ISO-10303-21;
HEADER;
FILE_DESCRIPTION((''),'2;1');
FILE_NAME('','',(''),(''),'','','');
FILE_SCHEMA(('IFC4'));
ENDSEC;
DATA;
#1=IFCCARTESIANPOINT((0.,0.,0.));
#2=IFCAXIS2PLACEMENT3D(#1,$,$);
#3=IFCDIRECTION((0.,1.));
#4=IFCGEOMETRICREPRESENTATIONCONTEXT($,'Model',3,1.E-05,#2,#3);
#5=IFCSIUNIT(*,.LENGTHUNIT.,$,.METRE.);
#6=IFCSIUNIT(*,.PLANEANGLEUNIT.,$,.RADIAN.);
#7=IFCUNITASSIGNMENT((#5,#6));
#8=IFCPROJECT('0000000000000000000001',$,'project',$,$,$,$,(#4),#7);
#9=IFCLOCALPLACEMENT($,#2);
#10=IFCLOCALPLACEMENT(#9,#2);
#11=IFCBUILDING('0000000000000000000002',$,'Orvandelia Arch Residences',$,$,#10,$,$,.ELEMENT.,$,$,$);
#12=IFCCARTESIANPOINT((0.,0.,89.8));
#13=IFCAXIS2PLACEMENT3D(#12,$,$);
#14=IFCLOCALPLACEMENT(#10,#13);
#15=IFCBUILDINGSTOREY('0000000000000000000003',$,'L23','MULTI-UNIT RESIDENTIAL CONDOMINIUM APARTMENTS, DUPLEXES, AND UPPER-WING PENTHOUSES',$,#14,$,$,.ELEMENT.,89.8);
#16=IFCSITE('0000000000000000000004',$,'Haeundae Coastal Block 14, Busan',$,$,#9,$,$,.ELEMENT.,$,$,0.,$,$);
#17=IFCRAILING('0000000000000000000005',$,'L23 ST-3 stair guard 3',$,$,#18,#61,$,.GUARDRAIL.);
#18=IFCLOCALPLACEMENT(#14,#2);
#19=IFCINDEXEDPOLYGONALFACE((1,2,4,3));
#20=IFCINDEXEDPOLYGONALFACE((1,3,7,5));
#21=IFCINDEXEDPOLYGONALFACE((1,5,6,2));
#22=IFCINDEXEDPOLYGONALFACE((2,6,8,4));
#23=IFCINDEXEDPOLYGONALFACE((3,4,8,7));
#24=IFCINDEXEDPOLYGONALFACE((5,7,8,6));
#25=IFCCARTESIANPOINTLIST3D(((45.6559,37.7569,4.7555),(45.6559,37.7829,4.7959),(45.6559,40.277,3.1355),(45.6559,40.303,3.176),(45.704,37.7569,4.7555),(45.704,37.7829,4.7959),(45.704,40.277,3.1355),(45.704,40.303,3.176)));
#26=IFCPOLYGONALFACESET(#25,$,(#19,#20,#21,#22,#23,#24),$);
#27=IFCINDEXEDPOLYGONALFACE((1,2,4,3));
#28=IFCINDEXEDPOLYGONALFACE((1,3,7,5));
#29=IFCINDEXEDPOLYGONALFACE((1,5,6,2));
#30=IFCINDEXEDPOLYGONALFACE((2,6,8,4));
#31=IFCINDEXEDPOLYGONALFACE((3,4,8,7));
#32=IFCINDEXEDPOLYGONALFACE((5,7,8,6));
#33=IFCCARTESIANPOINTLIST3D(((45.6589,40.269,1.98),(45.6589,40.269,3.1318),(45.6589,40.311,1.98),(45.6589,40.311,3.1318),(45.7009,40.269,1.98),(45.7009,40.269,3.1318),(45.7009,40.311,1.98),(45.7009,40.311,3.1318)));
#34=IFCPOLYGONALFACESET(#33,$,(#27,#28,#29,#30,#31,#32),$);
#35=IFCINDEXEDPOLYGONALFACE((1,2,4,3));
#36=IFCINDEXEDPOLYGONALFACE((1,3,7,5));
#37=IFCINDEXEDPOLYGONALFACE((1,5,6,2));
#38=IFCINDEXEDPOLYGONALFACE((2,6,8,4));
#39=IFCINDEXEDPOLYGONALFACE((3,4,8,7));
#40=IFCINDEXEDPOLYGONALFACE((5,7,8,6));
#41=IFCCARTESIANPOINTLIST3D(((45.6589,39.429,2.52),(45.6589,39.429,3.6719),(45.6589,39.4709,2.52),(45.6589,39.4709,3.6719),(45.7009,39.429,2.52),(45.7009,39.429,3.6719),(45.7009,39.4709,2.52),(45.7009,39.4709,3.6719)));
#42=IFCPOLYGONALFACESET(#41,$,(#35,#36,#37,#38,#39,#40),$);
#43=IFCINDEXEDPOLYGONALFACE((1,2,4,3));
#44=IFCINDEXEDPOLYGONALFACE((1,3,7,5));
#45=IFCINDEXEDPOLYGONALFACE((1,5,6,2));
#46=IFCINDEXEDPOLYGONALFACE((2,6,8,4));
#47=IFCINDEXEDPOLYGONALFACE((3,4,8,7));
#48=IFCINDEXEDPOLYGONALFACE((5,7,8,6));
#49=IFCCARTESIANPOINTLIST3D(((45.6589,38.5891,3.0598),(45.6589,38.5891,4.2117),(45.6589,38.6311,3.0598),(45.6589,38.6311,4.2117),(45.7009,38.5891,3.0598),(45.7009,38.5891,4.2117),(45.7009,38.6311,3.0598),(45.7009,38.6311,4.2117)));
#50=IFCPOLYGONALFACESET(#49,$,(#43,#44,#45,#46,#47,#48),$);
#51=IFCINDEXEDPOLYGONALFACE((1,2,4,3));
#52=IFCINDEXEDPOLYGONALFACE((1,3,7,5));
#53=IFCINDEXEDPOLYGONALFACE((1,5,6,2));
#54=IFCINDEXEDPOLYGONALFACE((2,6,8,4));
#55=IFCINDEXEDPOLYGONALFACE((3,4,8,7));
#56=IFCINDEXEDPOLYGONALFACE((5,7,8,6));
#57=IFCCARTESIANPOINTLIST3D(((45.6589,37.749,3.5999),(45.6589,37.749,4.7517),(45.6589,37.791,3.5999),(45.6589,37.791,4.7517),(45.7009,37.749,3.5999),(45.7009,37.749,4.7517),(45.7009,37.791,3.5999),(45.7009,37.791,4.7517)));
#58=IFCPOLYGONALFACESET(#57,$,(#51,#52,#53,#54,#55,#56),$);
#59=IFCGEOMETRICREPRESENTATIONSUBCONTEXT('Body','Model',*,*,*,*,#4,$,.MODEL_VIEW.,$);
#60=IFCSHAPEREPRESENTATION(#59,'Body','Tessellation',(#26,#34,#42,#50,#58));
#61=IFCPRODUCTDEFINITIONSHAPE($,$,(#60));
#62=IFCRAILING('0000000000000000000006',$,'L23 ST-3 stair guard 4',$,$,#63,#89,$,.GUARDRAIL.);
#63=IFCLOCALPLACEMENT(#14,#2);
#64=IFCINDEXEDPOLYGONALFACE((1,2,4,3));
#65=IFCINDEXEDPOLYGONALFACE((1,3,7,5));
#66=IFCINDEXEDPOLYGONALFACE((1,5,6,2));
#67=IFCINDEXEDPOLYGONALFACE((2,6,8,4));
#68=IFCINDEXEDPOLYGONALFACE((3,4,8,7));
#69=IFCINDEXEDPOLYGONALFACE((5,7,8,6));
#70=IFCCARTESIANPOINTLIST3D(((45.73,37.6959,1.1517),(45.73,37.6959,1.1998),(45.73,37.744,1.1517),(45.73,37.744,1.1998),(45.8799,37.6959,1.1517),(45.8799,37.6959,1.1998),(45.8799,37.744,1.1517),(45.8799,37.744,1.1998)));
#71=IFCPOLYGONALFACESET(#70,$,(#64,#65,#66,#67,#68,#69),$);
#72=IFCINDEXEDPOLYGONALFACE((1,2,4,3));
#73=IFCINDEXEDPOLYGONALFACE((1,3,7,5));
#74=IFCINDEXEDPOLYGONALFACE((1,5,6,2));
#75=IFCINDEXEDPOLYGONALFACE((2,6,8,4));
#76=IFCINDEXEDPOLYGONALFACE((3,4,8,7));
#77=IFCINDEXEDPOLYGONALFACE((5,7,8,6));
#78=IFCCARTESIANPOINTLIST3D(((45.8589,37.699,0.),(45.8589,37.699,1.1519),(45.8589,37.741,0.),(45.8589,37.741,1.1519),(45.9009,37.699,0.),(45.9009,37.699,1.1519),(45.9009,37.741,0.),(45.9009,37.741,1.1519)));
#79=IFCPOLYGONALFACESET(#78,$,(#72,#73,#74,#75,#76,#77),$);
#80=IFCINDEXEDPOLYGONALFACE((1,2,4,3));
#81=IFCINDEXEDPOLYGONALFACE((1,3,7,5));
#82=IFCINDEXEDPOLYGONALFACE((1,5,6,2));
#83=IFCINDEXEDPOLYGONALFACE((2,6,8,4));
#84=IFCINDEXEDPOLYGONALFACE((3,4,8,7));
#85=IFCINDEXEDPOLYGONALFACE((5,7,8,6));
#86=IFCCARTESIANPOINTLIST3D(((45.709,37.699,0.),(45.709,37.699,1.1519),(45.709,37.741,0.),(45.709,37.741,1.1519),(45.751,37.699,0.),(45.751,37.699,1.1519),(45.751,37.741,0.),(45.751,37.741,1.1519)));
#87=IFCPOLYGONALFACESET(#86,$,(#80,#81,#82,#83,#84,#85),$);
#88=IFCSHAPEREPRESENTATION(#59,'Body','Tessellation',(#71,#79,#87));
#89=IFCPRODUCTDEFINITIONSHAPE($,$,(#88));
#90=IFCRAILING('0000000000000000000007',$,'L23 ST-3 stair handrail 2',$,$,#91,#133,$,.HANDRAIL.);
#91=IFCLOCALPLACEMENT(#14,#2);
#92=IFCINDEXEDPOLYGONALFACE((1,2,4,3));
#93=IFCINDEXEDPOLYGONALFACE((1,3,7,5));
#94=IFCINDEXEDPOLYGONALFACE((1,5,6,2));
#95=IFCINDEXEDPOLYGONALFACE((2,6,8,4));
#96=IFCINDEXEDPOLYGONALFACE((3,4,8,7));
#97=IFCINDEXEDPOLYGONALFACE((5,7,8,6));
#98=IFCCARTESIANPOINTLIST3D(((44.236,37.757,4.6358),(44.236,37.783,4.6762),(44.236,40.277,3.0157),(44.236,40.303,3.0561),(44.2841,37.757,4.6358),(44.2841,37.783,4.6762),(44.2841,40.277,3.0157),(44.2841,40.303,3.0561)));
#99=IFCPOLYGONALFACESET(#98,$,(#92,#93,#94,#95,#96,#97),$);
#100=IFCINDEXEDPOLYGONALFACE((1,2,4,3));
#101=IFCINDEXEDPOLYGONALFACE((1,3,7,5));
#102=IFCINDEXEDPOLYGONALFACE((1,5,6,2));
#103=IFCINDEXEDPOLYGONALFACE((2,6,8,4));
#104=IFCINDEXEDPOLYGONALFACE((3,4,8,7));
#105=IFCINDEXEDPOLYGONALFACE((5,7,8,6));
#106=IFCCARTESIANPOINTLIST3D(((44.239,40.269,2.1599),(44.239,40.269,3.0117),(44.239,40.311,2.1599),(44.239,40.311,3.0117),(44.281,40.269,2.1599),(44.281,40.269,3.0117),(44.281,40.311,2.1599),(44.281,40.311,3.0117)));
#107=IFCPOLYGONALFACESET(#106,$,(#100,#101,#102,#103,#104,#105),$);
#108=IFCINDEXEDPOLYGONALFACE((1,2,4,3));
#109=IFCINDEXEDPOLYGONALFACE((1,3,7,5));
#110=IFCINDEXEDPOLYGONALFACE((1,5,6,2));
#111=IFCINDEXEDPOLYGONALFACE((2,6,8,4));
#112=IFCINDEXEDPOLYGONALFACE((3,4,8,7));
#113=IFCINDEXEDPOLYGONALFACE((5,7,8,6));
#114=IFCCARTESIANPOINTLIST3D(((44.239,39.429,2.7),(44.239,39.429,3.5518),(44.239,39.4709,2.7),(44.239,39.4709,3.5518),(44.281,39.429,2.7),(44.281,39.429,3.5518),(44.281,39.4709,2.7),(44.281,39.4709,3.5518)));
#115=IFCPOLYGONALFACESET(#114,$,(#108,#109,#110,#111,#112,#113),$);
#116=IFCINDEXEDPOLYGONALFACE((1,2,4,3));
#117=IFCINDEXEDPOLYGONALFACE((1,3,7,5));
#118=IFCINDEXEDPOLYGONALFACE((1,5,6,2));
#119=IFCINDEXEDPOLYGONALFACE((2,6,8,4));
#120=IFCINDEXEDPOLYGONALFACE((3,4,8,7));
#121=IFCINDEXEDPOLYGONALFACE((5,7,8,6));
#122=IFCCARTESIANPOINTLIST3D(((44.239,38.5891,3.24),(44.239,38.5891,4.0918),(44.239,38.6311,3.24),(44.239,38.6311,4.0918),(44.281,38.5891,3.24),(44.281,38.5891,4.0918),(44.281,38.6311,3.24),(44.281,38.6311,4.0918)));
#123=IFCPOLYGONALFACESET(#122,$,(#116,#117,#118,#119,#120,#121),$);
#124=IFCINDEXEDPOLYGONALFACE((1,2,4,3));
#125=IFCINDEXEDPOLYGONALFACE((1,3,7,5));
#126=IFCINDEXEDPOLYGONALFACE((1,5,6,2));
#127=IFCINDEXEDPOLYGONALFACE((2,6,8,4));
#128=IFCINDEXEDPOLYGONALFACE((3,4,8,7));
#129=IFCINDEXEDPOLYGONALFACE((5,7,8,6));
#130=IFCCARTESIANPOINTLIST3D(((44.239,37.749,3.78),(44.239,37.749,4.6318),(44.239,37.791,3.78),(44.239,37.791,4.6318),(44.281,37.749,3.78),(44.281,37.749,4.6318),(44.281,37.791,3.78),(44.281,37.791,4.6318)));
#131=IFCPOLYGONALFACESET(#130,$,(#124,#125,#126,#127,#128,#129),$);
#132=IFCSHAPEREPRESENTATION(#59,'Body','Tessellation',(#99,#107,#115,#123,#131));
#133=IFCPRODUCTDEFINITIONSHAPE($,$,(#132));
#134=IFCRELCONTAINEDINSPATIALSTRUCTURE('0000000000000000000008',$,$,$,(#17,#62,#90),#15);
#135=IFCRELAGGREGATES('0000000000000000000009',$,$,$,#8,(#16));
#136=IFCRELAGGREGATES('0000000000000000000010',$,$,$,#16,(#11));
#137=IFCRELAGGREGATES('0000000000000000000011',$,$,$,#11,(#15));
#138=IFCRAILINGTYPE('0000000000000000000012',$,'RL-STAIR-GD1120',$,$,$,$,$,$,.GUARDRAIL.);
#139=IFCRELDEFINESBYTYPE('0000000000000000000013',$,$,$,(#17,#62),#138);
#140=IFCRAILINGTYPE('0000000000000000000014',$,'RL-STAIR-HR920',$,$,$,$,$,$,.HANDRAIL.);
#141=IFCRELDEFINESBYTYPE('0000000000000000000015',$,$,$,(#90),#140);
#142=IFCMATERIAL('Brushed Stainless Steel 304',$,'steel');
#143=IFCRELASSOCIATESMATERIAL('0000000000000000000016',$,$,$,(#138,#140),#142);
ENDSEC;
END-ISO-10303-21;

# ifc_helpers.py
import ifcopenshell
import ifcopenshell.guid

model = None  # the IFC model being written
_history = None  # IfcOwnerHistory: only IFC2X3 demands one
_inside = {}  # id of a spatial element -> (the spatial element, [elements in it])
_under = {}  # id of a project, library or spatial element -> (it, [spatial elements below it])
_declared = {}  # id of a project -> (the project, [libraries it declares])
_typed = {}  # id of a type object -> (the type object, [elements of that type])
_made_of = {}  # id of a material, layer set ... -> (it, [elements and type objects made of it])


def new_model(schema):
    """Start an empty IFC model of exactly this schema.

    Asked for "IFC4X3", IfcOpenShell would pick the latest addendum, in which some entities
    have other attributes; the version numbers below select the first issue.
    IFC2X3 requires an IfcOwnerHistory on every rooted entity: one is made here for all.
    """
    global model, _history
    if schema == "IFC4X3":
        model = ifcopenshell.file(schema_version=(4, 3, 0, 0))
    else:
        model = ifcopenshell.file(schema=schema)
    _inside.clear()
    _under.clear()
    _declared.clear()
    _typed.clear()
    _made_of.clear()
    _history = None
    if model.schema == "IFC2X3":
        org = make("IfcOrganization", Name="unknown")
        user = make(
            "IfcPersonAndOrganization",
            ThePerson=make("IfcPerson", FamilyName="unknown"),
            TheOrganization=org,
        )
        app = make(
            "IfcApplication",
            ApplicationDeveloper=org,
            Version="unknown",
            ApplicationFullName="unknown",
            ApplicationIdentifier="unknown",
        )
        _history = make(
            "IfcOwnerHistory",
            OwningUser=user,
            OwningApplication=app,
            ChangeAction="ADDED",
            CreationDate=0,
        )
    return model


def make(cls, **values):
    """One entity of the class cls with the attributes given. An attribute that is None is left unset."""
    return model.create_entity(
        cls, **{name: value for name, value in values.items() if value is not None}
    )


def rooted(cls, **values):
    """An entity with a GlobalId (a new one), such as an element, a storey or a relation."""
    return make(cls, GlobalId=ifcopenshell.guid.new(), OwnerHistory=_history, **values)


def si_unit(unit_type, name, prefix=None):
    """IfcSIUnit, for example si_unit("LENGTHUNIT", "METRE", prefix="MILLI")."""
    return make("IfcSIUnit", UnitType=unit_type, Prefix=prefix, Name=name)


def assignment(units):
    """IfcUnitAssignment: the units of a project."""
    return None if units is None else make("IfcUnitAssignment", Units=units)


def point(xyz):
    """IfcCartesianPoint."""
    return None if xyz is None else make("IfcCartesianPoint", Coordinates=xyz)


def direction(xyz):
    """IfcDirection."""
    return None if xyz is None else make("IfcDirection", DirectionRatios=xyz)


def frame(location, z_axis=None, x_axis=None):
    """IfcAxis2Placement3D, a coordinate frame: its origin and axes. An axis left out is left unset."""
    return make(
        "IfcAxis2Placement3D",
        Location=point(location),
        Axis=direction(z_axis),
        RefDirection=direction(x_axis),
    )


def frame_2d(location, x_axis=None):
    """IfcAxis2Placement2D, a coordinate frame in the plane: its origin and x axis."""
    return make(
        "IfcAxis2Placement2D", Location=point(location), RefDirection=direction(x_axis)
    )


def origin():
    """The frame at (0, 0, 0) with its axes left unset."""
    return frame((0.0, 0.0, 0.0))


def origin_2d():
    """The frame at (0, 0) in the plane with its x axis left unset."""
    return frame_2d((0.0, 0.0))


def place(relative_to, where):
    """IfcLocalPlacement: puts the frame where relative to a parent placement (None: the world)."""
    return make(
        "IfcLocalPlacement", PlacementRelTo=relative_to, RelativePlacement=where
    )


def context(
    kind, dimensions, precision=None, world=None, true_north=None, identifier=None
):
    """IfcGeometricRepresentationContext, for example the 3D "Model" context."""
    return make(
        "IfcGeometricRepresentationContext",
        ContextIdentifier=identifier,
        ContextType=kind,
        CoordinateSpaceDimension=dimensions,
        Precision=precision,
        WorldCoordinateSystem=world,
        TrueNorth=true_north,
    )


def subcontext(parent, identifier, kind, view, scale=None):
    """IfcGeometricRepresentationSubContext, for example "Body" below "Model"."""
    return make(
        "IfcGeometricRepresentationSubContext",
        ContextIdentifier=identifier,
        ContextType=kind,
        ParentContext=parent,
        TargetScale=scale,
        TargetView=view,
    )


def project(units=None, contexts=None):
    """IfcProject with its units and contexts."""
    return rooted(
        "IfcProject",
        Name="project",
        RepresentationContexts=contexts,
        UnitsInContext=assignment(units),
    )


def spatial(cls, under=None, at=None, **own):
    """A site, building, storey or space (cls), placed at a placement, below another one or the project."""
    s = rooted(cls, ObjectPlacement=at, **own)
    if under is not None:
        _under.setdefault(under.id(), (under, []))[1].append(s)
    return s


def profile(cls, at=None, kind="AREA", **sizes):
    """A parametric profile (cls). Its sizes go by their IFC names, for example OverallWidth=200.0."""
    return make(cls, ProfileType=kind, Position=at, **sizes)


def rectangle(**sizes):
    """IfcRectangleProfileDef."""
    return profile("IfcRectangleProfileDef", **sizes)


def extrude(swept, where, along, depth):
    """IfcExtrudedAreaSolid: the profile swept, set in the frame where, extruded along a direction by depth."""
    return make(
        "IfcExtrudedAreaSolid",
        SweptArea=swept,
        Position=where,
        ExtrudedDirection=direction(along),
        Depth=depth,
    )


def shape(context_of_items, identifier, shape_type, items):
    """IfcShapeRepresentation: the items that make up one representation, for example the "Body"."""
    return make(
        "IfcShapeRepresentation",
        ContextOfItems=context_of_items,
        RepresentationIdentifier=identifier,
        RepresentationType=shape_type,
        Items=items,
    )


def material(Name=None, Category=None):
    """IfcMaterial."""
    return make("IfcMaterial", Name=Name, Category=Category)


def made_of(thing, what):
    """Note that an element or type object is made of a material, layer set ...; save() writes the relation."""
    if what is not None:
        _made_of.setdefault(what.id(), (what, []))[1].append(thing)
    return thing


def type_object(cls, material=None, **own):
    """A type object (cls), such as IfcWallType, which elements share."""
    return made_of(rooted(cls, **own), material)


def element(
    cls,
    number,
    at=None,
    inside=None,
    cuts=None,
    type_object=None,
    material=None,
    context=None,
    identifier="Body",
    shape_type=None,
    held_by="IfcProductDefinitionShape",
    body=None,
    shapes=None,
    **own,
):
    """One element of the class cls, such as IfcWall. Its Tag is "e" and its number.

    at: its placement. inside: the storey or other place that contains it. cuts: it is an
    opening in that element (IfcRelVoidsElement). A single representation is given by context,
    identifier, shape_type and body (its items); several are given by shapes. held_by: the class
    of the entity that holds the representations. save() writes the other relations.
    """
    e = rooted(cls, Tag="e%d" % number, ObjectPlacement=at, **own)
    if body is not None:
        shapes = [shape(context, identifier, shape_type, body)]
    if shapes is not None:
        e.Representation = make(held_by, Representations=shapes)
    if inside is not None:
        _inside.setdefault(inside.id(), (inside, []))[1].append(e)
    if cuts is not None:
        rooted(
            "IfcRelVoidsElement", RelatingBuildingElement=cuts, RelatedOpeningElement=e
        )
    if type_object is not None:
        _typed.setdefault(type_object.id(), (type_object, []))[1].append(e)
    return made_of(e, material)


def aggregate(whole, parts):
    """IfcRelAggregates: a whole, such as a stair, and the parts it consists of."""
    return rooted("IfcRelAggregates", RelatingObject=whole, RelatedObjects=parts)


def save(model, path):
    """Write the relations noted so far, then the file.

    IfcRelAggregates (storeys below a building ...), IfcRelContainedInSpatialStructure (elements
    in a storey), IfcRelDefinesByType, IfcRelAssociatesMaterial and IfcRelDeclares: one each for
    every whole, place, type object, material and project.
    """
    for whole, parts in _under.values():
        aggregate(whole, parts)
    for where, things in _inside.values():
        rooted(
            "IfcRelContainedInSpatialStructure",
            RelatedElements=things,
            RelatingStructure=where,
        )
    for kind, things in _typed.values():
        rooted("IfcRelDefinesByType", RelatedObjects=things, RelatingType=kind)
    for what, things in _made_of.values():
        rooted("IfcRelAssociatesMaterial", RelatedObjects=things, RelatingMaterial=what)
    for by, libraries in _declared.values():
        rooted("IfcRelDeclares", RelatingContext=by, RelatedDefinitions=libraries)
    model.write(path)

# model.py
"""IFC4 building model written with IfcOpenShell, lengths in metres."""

from ifc_helpers import new_model, si_unit, direction, frame, origin, origin_2d, place, context, subcontext, project, spatial, rectangle, extrude, material, type_object, element, save


model = new_model("IFC4")

# Units and contexts
model_context = context("Model", 3, precision=1e-05, world=origin(), true_north=direction((0.0, 1.0)))
body_context = subcontext(model_context, "Body", "Model", "MODEL_VIEW")
ifc_project = project(units=[si_unit("LENGTHUNIT", "METRE"), si_unit("PLANEANGLEUNIT", "RADIAN")], contexts=[model_context])

# Site, building, storey
site_placement = place(None, origin())
site = spatial("IfcSite", under=ifc_project, at=site_placement, Name="Haeundae Coastal Block 14, Busan", CompositionType="ELEMENT", RefElevation=0.0)
building_placement = place(site_placement, origin())
building = spatial("IfcBuilding", under=site, at=building_placement, Name="Orvandelia Arch Residences", CompositionType="ELEMENT")
storey_placement = place(building_placement, frame((0.0, 0.0, 89.8)))
storey = spatial("IfcBuildingStorey", under=building, at=storey_placement, Name="L23", Description="MULTI-UNIT RESIDENTIAL CONDOMINIUM APARTMENTS, DUPLEXES, AND UPPER-WING PENTHOUSES", CompositionType="ELEMENT", Elevation=89.8)

# Railings
ifc_material_1 = material(Name="Brushed Stainless Steel 304", Category="steel")
railing_type_1 = type_object("IfcRailingType", Name="RL-STAIR-GD1120", PredefinedType="GUARDRAIL", material=ifc_material_1)
railing_1_placement = place(storey_placement, frame((45.6799, 40.29, 1.98)))
element("IfcRailing", 1, at=railing_1_placement, inside=storey, type_object=railing_type_1, Name="L23 ST-3 stair guard 3", PredefinedType="GUARDRAIL", context=body_context, shape_type="SweptSolid", body=[
    extrude(rectangle(XDim=0.0481, YDim=0.0481, at=origin_2d()), frame((0.0, 0.0, 1.1758), z_axis=(0.0, -0.8412, 0.540725), x_axis=(1.0, 0.0, 0.0)), (0.0, 0.0, 1.0), 2.9958),
    extrude(rectangle(XDim=0.042, YDim=0.042, at=origin_2d()), origin(), (0.0, 0.0, 1.0), 1.1519),
    extrude(rectangle(XDim=0.042, YDim=0.042, at=origin_2d()), frame((0.0, -0.8401, 0.54)), (0.0, 0.0, 1.0), 1.1519),
    extrude(rectangle(XDim=0.042, YDim=0.042, at=origin_2d()), frame((0.0, -1.6799, 1.0798)), (0.0, 0.0, 1.0), 1.1519),
    extrude(rectangle(XDim=0.042, YDim=0.042, at=origin_2d()), frame((0.0, -2.52, 1.6199)), (0.0, 0.0, 1.0), 1.1519),
])
railing_2_placement = place(storey_placement, frame((45.8799, 37.72, 0.0)))
element("IfcRailing", 2, at=railing_2_placement, inside=storey, type_object=railing_type_1, Name="L23 ST-3 stair guard 4", PredefinedType="GUARDRAIL", context=body_context, shape_type="SweptSolid", body=[
    extrude(rectangle(XDim=0.0481, YDim=0.0481, at=origin_2d()), frame((0.0, 0.0, 1.1758), z_axis=(-1.0, 0.0, 0.0), x_axis=(0.0, -1.0, 0.0)), (0.0, 0.0, 1.0), 0.1499),
    extrude(rectangle(XDim=0.042, YDim=0.042, at=origin_2d()), origin(), (0.0, 0.0, 1.0), 1.1519),
    extrude(rectangle(XDim=0.042, YDim=0.042, at=origin_2d()), frame((-0.1499, 0.0, 0.0)), (0.0, 0.0, 1.0), 1.1519),
])
railing_type_2 = type_object("IfcRailingType", Name="RL-STAIR-HR920", PredefinedType="HANDRAIL", material=ifc_material_1)
railing_3_placement = place(storey_placement, frame((44.26, 40.29, 2.1599)))
element("IfcRailing", 3, at=railing_3_placement, inside=storey, type_object=railing_type_2, Name="L23 ST-3 stair handrail 2", PredefinedType="HANDRAIL", context=body_context, shape_type="SweptSolid", body=[
    extrude(rectangle(XDim=0.0481, YDim=0.0481, at=origin_2d()), frame((0.0, 0.0, 0.876), z_axis=(0.0, -0.841163, 0.540782), x_axis=(1.0, 0.0, 0.0)), (0.0, 0.0, 1.0), 2.9958),
    extrude(rectangle(XDim=0.042, YDim=0.042, at=origin_2d()), origin(), (0.0, 0.0, 1.0), 0.8518),
    extrude(rectangle(XDim=0.042, YDim=0.042, at=origin_2d()), frame((0.0, -0.8401, 0.54)), (0.0, 0.0, 1.0), 0.8518),
    extrude(rectangle(XDim=0.042, YDim=0.042, at=origin_2d()), frame((0.0, -1.6799, 1.0801)), (0.0, 0.0, 1.0), 0.8518),
    extrude(rectangle(XDim=0.042, YDim=0.042, at=origin_2d()), frame((0.0, -2.52, 1.6201)), (0.0, 0.0, 1.0), 0.8518),
])

save(model, "model.ifc")
